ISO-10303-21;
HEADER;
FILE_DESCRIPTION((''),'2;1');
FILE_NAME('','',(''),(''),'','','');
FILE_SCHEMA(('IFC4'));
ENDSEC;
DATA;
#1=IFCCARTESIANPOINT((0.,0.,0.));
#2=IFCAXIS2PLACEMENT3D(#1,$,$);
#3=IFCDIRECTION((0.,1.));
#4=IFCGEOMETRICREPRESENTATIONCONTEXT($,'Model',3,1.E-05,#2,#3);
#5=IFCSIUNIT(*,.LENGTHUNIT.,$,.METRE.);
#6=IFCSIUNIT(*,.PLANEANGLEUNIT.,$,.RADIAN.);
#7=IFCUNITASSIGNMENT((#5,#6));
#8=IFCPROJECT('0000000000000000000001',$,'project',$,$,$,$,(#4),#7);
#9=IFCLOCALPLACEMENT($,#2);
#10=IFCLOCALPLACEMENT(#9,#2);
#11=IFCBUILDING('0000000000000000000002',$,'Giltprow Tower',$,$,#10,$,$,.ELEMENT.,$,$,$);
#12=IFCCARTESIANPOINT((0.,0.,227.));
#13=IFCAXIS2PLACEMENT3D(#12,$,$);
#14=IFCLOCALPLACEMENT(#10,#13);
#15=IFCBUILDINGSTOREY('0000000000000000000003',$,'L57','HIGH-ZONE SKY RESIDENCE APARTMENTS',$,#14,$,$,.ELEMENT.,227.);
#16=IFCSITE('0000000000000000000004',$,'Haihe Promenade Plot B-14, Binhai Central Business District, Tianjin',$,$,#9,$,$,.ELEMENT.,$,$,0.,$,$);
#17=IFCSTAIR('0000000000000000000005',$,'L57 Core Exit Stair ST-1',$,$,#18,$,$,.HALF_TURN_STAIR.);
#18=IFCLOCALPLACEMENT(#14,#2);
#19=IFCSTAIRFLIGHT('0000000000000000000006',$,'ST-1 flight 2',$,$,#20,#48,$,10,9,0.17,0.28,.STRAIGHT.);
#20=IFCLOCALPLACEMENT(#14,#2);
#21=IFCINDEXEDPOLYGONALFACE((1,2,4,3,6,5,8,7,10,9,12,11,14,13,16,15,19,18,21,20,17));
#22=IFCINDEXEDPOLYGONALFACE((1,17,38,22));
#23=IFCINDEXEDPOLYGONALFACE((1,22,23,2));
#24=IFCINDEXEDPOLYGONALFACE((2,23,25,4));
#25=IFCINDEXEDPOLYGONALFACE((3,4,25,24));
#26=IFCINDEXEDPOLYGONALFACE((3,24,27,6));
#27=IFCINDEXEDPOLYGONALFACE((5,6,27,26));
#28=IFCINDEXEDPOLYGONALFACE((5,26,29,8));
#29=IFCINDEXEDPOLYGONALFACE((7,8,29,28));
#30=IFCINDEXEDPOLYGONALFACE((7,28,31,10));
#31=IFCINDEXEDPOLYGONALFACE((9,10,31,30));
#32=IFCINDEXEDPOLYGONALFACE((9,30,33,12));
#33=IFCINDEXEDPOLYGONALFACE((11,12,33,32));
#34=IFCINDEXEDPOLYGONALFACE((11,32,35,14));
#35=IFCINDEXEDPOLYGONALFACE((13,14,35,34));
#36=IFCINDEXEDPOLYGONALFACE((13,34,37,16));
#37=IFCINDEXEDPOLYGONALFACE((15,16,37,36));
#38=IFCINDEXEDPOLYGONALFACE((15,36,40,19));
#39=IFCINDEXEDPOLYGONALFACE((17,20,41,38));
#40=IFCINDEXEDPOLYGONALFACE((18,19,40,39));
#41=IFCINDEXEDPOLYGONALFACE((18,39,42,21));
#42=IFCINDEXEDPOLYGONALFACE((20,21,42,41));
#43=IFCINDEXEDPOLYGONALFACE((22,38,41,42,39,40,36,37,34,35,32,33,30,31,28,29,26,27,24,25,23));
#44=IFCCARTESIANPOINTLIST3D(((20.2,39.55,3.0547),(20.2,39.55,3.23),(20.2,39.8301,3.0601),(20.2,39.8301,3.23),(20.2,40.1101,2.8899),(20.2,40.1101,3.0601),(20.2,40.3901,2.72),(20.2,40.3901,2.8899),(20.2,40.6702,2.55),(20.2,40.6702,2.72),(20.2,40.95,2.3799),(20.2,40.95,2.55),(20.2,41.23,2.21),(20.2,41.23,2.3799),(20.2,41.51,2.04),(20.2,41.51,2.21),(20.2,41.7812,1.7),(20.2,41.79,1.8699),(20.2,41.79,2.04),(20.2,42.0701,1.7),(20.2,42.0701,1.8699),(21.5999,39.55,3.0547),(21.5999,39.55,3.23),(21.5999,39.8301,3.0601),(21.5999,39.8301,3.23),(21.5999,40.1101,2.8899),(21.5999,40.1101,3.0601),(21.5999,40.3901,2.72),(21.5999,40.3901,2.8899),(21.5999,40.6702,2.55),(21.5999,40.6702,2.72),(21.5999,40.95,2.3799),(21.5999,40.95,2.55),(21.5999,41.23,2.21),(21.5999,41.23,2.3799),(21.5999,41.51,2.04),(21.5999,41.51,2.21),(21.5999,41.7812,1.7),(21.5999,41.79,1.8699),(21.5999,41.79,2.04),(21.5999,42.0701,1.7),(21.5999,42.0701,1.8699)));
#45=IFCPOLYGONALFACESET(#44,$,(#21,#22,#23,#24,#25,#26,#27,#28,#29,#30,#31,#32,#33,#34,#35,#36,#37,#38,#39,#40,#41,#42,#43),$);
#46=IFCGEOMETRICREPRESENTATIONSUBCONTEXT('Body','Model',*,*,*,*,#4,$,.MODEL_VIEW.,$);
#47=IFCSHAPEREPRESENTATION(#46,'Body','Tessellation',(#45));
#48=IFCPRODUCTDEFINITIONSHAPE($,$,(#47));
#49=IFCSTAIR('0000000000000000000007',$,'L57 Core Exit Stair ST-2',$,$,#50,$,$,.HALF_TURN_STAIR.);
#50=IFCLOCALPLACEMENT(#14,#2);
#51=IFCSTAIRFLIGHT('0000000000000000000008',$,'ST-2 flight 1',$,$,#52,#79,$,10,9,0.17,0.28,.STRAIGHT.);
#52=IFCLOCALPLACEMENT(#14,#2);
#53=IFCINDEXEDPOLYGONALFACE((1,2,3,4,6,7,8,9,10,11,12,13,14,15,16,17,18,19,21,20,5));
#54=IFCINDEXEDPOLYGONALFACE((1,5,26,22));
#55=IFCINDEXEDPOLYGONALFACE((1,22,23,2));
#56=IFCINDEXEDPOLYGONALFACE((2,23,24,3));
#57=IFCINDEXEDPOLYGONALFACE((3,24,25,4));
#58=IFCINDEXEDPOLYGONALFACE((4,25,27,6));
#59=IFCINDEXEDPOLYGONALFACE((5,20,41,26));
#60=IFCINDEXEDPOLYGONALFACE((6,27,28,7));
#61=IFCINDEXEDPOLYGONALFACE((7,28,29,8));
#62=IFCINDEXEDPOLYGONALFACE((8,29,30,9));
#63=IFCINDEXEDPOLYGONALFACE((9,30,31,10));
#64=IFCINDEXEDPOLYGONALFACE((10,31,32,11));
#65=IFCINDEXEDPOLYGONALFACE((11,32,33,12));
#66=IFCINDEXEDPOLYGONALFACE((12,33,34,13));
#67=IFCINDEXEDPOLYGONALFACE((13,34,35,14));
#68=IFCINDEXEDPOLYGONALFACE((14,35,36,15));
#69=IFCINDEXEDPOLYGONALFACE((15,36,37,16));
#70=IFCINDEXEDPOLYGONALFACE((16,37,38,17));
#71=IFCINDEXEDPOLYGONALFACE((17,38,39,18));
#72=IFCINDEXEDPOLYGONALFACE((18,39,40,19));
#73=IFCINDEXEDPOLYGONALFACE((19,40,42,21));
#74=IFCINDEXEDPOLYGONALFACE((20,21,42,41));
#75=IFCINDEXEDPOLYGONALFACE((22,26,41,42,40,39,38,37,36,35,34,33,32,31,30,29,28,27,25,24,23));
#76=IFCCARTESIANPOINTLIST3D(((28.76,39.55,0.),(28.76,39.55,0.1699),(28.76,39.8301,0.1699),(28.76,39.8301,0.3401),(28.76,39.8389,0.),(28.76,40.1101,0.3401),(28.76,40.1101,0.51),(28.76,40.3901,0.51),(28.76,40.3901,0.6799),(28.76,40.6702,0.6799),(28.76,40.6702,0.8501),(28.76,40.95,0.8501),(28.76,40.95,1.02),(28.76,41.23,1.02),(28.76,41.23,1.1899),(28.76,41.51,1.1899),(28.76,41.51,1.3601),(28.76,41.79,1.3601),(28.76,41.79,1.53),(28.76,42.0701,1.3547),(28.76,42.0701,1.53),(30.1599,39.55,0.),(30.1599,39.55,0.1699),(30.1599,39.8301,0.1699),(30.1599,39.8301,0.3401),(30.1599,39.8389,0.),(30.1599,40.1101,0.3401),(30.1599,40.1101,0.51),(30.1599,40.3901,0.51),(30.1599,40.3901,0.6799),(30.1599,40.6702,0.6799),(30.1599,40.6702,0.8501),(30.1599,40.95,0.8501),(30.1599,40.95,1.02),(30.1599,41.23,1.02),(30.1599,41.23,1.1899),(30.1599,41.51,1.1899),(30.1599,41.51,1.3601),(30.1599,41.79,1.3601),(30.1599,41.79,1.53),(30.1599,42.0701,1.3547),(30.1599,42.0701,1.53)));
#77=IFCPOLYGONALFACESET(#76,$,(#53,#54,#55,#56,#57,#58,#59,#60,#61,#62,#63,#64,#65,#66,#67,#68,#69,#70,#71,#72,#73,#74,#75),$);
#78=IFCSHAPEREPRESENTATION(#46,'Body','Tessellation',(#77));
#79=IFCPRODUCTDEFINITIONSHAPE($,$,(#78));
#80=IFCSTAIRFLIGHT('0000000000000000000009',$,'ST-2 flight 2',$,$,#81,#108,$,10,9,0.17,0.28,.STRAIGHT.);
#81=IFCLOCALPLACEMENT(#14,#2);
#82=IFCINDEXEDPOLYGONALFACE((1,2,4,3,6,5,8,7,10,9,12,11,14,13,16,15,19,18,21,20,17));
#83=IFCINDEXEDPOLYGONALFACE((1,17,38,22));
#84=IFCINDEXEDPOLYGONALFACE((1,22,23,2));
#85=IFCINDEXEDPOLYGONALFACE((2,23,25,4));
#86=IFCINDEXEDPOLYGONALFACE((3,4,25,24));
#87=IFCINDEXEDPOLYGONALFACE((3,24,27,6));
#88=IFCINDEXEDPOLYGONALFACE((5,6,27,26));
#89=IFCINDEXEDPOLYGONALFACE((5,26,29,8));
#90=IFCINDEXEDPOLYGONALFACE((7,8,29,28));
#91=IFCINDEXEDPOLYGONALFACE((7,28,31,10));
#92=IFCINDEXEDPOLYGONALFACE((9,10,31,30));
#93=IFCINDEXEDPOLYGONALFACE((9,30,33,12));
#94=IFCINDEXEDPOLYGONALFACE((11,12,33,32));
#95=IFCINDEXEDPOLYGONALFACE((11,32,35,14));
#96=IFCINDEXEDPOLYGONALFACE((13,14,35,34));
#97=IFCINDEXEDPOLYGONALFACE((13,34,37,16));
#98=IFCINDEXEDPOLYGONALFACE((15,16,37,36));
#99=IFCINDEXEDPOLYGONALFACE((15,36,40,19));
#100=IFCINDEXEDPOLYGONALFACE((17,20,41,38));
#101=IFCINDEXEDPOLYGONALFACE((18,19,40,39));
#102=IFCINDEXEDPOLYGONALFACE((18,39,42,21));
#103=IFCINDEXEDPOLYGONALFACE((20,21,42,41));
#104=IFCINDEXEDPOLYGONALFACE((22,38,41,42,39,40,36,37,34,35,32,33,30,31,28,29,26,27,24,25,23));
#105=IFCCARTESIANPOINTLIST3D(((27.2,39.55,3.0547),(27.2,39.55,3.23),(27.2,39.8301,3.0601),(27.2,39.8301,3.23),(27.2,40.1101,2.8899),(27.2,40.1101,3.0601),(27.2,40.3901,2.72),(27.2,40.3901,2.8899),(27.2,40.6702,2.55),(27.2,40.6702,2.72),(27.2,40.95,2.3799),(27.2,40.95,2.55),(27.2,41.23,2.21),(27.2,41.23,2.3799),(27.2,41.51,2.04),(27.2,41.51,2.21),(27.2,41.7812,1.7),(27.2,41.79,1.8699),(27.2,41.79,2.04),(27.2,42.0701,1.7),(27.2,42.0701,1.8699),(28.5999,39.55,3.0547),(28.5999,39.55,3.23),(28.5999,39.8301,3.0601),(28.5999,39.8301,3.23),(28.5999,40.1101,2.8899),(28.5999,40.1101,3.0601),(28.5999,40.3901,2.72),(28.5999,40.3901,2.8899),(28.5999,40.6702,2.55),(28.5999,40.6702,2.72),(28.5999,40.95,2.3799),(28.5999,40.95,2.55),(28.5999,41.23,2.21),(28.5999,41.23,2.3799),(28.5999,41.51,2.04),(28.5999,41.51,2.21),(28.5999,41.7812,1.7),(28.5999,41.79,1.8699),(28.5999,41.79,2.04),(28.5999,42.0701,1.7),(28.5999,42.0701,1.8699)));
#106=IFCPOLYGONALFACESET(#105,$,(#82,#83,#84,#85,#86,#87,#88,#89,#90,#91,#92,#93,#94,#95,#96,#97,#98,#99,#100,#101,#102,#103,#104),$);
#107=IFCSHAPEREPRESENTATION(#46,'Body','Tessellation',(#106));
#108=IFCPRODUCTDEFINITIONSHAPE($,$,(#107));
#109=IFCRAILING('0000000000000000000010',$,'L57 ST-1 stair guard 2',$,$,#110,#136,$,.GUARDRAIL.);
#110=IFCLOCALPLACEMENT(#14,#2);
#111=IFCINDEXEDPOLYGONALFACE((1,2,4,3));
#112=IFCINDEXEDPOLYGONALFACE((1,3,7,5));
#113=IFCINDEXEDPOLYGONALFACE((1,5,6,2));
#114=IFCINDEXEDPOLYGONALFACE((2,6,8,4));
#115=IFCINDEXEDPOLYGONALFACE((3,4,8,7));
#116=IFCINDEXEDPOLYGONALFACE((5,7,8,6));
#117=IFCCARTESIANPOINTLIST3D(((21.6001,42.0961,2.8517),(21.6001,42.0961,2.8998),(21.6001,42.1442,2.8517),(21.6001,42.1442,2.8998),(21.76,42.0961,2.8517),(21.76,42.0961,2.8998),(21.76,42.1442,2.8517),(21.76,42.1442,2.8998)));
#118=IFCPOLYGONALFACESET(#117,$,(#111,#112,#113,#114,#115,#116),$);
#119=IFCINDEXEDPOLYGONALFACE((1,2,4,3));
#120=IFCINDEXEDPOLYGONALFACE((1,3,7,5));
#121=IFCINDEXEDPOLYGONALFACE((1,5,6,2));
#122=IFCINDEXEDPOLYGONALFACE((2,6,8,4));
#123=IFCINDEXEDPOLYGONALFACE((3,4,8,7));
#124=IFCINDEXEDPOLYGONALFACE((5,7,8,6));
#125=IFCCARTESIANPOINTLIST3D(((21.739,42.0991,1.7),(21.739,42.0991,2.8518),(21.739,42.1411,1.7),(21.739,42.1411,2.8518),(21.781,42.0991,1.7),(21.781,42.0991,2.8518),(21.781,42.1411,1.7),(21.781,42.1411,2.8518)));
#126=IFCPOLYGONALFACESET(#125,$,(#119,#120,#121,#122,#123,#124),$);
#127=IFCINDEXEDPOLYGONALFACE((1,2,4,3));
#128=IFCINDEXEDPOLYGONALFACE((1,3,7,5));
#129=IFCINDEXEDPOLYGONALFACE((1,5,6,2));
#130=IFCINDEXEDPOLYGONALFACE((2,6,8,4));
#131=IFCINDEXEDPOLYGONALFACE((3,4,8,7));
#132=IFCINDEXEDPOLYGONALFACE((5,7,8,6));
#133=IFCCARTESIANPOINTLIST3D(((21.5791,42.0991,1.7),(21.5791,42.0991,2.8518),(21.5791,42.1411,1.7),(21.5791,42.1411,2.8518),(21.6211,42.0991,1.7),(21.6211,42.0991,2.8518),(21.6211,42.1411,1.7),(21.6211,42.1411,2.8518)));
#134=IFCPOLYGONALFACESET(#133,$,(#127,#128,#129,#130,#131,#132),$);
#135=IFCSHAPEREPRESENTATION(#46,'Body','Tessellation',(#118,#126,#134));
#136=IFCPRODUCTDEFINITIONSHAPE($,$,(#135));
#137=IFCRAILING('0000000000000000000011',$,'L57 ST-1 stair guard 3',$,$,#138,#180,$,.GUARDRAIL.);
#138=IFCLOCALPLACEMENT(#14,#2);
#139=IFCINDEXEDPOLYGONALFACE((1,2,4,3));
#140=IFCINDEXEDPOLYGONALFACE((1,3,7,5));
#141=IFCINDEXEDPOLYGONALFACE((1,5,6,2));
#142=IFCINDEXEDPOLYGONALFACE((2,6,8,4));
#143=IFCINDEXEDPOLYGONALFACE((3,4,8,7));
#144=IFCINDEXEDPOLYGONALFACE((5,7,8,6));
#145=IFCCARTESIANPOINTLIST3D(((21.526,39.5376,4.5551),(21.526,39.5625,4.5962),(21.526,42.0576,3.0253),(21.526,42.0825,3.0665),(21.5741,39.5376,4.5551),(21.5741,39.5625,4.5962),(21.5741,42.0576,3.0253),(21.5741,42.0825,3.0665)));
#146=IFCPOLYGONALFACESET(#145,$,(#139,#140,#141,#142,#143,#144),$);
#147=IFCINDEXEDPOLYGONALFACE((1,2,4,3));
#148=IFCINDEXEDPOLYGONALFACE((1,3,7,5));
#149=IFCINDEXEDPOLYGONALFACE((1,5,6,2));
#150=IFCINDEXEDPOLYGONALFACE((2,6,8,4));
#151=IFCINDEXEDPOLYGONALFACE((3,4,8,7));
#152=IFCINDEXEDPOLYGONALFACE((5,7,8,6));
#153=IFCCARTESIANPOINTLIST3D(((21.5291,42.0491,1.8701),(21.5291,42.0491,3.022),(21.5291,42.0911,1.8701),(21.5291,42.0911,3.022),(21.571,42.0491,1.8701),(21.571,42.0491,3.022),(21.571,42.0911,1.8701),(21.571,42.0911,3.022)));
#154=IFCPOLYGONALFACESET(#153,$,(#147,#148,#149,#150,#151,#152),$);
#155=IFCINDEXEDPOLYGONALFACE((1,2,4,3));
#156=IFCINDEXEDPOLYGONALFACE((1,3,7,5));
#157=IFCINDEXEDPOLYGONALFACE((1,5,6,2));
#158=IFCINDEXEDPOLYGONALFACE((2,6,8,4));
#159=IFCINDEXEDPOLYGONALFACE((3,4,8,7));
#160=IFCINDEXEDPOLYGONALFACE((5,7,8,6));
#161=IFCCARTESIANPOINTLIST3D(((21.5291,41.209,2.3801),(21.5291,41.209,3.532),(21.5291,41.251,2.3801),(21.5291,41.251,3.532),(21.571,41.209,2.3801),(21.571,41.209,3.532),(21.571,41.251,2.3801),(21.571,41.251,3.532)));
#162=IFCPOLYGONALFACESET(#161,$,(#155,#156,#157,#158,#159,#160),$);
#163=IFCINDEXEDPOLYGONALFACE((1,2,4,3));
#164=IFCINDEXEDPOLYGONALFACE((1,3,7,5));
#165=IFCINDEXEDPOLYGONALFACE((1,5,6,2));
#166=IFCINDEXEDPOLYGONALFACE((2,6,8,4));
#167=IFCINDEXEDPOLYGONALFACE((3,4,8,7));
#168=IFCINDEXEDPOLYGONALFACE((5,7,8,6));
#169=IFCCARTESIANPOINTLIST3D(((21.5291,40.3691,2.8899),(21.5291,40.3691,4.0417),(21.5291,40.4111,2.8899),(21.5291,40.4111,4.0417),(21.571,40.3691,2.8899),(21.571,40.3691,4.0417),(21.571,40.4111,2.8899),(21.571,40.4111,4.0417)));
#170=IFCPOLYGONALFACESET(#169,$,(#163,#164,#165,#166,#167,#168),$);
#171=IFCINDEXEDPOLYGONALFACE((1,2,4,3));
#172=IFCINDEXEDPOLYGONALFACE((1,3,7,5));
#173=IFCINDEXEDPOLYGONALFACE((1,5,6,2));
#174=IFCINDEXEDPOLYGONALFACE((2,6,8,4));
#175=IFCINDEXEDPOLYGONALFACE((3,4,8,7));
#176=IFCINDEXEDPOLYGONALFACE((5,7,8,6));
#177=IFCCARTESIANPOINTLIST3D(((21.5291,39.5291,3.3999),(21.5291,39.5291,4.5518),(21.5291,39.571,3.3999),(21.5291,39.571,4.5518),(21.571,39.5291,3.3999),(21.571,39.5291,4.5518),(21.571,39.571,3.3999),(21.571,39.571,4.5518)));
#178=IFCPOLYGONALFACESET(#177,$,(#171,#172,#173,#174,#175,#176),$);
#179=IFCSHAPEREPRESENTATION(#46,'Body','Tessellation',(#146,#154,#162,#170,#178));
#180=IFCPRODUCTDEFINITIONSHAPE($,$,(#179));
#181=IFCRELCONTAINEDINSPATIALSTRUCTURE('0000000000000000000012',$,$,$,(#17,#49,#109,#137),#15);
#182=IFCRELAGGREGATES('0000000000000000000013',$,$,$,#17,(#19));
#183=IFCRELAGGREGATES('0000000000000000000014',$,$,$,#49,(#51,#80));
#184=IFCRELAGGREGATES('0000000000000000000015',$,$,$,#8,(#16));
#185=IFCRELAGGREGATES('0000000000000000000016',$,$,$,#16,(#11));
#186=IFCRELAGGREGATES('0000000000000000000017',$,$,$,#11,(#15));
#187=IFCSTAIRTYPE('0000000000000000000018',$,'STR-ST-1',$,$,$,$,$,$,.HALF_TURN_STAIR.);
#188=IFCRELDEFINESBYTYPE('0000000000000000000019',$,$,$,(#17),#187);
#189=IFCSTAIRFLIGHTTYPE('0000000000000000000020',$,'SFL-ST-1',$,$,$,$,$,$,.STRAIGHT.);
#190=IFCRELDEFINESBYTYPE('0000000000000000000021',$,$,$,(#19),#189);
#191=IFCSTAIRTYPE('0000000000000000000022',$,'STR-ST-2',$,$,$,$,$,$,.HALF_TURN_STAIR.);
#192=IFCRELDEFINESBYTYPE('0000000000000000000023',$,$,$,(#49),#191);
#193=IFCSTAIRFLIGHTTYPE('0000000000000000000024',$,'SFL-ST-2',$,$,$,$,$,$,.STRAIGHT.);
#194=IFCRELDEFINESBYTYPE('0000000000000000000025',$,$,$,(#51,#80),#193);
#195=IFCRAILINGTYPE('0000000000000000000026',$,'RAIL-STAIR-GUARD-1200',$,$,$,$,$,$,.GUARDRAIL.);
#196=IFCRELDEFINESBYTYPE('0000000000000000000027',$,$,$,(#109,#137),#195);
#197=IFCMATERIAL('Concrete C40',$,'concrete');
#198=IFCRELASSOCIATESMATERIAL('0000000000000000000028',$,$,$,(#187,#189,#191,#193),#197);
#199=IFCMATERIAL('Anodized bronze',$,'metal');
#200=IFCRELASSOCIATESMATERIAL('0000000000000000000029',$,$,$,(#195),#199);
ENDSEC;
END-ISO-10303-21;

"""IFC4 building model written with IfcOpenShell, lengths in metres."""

from ifc_helpers import new_model, si_unit, direction, frame, origin, origin_2d, place, context, subcontext, project, spatial, polyline, rectangle, outline, extrude, material, type_object, element, aggregate, save


model = new_model("IFC4")

# Units and contexts
model_context = context("Model", 3, precision=1e-05, world=origin(), true_north=direction((0.0, 1.0)))
body_context = subcontext(model_context, "Body", "Model", "MODEL_VIEW")
ifc_project = project(units=[si_unit("LENGTHUNIT", "METRE"), si_unit("PLANEANGLEUNIT", "RADIAN")], contexts=[model_context])

# Site, building, storey
site_placement = place(None, origin())
site = spatial("IfcSite", under=ifc_project, at=site_placement, Name="Haihe Promenade Plot B-14, Binhai Central Business District, Tianjin", CompositionType="ELEMENT", RefElevation=0.0)
building_placement = place(site_placement, origin())
building = spatial("IfcBuilding", under=site, at=building_placement, Name="Giltprow Tower", CompositionType="ELEMENT")
storey_placement = place(building_placement, frame((0.0, 0.0, 227.0)))
storey = spatial("IfcBuildingStorey", under=building, at=storey_placement, Name="L57", Description="HIGH-ZONE SKY RESIDENCE APARTMENTS", CompositionType="ELEMENT", Elevation=227.0)

# Shared definitions
ifc_material_1 = material(Name="Concrete C40", Category="concrete")

# Stair, stair flight
stair_type_1 = type_object("IfcStairType", Name="STR-ST-1", PredefinedType="HALF_TURN_STAIR", material=ifc_material_1)
stair_1_placement = place(storey_placement, origin())
stair_1 = element("IfcStair", 1, at=stair_1_placement, inside=storey, type_object=stair_type_1, Name="L57 Core Exit Stair ST-1", PredefinedType="HALF_TURN_STAIR")
stair_flight_type_1 = type_object("IfcStairFlightType", Name="SFL-ST-1", PredefinedType="STRAIGHT", material=ifc_material_1)
stair_flight_1_placement = place(storey_placement, frame((20.8999, 42.0701, 1.7), z_axis=(0.0, 0.0, 1.0), x_axis=(0.0, -1.0, 0.0)))
stair_flight_1 = element("IfcStairFlight", 2, at=stair_flight_1_placement, type_object=stair_flight_type_1, Name="ST-1 flight 2", NumberOfRisers=10, NumberOfTreads=9, PredefinedType="STRAIGHT", RiserHeight=0.17, TreadLength=0.28, context=body_context, shape_type="SweptSolid", body=[
    extrude(outline(polyline([(0.0, 0.0), (0.0, 0.1699), (0.28, 0.1699), (0.28, 0.3401), (0.5601, 0.3401), (0.5601, 0.51), (0.8401, 0.51), (0.8401, 0.6799), (1.1201, 0.6799), (1.1201, 0.8501), (1.3999, 0.8501), (1.3999, 1.02), (1.6799, 1.02), (1.6799, 1.1899), (1.96, 1.1899), (1.96, 1.3601), (2.24, 1.3601), (2.24, 1.53), (2.52, 1.53), (2.52, 1.7), (2.52, 1.3547), (0.2888, 0.0), (0.0, 0.0)])), frame((0.0, 0.7, 0.0), z_axis=(0.0, -1.0, 0.0), x_axis=(1.0, 0.0, 0.0)), (0.0, 0.0, 1.0), 1.3999),
])
aggregate(stair_1, [stair_flight_1])

# Stair, stair flights
stair_type_2 = type_object("IfcStairType", Name="STR-ST-2", PredefinedType="HALF_TURN_STAIR", material=ifc_material_1)
stair_2_placement = place(storey_placement, origin())
stair_2 = element("IfcStair", 3, at=stair_2_placement, inside=storey, type_object=stair_type_2, Name="L57 Core Exit Stair ST-2", PredefinedType="HALF_TURN_STAIR")
stair_flight_type_2 = type_object("IfcStairFlightType", Name="SFL-ST-2", PredefinedType="STRAIGHT", material=ifc_material_1)
stair_flight_2_placement = place(storey_placement, frame((29.46, 39.55, 0.0), z_axis=(0.0, 0.0, 1.0), x_axis=(0.0, 1.0, 0.0)))
stair_flight_2 = element("IfcStairFlight", 4, at=stair_flight_2_placement, type_object=stair_flight_type_2, Name="ST-2 flight 1", NumberOfRisers=10, NumberOfTreads=9, PredefinedType="STRAIGHT", RiserHeight=0.17, TreadLength=0.28, context=body_context, shape_type="SweptSolid", body=[
    extrude(outline(polyline([(0.0, 0.0), (0.0, 0.1699), (0.28, 0.1699), (0.28, 0.3401), (0.5601, 0.3401), (0.5601, 0.51), (0.8401, 0.51), (0.8401, 0.6799), (1.1201, 0.6799), (1.1201, 0.8501), (1.3999, 0.8501), (1.3999, 1.02), (1.6799, 1.02), (1.6799, 1.1899), (1.96, 1.1899), (1.96, 1.3601), (2.24, 1.3601), (2.24, 1.53), (2.52, 1.53), (2.52, 1.7), (2.52, 1.3547), (0.2888, 0.0), (0.0, 0.0)])), frame((0.0, 0.7, 0.0), z_axis=(0.0, -1.0, 0.0), x_axis=(1.0, 0.0, 0.0)), (0.0, 0.0, 1.0), 1.3999),
])
stair_flight_3_placement = place(storey_placement, frame((27.8999, 42.0701, 1.7), z_axis=(0.0, 0.0, 1.0), x_axis=(0.0, -1.0, 0.0)))
stair_flight_3 = element("IfcStairFlight", 5, at=stair_flight_3_placement, type_object=stair_flight_type_2, Name="ST-2 flight 2", NumberOfRisers=10, NumberOfTreads=9, PredefinedType="STRAIGHT", RiserHeight=0.17, TreadLength=0.28, context=body_context, shape_type="SweptSolid", body=[
    extrude(outline(polyline([(0.0, 0.0), (0.0, 0.1699), (0.28, 0.1699), (0.28, 0.3401), (0.5601, 0.3401), (0.5601, 0.51), (0.8401, 0.51), (0.8401, 0.6799), (1.1201, 0.6799), (1.1201, 0.8501), (1.3999, 0.8501), (1.3999, 1.02), (1.6799, 1.02), (1.6799, 1.1899), (1.96, 1.1899), (1.96, 1.3601), (2.24, 1.3601), (2.24, 1.53), (2.52, 1.53), (2.52, 1.7), (2.52, 1.3547), (0.2888, 0.0), (0.0, 0.0)])), frame((0.0, 0.7, 0.0), z_axis=(0.0, -1.0, 0.0), x_axis=(1.0, 0.0, 0.0)), (0.0, 0.0, 1.0), 1.3999),
])
aggregate(stair_2, [stair_flight_2, stair_flight_3])

# Railings
ifc_material_2 = material(Name="Anodized bronze", Category="metal")
railing_type_1 = type_object("IfcRailingType", Name="RAIL-STAIR-GUARD-1200", PredefinedType="GUARDRAIL", material=ifc_material_2)
railing_1_placement = place(storey_placement, frame((21.76, 42.1201, 1.7)))
element("IfcRailing", 6, at=railing_1_placement, inside=storey, type_object=railing_type_1, Name="L57 ST-1 stair guard 2", PredefinedType="GUARDRAIL", context=body_context, shape_type="SweptSolid", body=[
    extrude(rectangle(XDim=0.0481, YDim=0.0481, at=origin_2d()), frame((0.0, 0.0, 1.1758), z_axis=(-1.0, 0.0, 0.0), x_axis=(0.0, -1.0, 0.0)), (0.0, 0.0, 1.0), 0.1599),
    extrude(rectangle(XDim=0.042, YDim=0.042, at=origin_2d()), origin(), (0.0, 0.0, 1.0), 1.1519),
    extrude(rectangle(XDim=0.042, YDim=0.042, at=origin_2d()), frame((-0.1599, 0.0, 0.0)), (0.0, 0.0, 1.0), 1.1519),
])
railing_2_placement = place(storey_placement, frame((21.55, 42.0701, 1.8701)))
element("IfcRailing", 7, at=railing_2_placement, inside=storey, type_object=railing_type_1, Name="L57 ST-1 stair guard 3", PredefinedType="GUARDRAIL", context=body_context, shape_type="SweptSolid", body=[
    extrude(rectangle(XDim=0.0481, YDim=0.0481, at=origin_2d()), frame((0.0, 0.0, 1.1758), z_axis=(0.0, -0.854822, 0.518922), x_axis=(1.0, 0.0, 0.0)), (0.0, 0.0, 1.0), 2.948),
    extrude(rectangle(XDim=0.042, YDim=0.042, at=origin_2d()), origin(), (0.0, 0.0, 1.0), 1.1519),
    extrude(rectangle(XDim=0.042, YDim=0.042, at=origin_2d()), frame((0.0, -0.8401, 0.51)), (0.0, 0.0, 1.0), 1.1519),
    extrude(rectangle(XDim=0.042, YDim=0.042, at=origin_2d()), frame((0.0, -1.6799, 1.0198)), (0.0, 0.0, 1.0), 1.1519),
    extrude(rectangle(XDim=0.042, YDim=0.042, at=origin_2d()), frame((0.0, -2.52, 1.5298)), (0.0, 0.0, 1.0), 1.1519),
])

save(model, "model.ifc")
